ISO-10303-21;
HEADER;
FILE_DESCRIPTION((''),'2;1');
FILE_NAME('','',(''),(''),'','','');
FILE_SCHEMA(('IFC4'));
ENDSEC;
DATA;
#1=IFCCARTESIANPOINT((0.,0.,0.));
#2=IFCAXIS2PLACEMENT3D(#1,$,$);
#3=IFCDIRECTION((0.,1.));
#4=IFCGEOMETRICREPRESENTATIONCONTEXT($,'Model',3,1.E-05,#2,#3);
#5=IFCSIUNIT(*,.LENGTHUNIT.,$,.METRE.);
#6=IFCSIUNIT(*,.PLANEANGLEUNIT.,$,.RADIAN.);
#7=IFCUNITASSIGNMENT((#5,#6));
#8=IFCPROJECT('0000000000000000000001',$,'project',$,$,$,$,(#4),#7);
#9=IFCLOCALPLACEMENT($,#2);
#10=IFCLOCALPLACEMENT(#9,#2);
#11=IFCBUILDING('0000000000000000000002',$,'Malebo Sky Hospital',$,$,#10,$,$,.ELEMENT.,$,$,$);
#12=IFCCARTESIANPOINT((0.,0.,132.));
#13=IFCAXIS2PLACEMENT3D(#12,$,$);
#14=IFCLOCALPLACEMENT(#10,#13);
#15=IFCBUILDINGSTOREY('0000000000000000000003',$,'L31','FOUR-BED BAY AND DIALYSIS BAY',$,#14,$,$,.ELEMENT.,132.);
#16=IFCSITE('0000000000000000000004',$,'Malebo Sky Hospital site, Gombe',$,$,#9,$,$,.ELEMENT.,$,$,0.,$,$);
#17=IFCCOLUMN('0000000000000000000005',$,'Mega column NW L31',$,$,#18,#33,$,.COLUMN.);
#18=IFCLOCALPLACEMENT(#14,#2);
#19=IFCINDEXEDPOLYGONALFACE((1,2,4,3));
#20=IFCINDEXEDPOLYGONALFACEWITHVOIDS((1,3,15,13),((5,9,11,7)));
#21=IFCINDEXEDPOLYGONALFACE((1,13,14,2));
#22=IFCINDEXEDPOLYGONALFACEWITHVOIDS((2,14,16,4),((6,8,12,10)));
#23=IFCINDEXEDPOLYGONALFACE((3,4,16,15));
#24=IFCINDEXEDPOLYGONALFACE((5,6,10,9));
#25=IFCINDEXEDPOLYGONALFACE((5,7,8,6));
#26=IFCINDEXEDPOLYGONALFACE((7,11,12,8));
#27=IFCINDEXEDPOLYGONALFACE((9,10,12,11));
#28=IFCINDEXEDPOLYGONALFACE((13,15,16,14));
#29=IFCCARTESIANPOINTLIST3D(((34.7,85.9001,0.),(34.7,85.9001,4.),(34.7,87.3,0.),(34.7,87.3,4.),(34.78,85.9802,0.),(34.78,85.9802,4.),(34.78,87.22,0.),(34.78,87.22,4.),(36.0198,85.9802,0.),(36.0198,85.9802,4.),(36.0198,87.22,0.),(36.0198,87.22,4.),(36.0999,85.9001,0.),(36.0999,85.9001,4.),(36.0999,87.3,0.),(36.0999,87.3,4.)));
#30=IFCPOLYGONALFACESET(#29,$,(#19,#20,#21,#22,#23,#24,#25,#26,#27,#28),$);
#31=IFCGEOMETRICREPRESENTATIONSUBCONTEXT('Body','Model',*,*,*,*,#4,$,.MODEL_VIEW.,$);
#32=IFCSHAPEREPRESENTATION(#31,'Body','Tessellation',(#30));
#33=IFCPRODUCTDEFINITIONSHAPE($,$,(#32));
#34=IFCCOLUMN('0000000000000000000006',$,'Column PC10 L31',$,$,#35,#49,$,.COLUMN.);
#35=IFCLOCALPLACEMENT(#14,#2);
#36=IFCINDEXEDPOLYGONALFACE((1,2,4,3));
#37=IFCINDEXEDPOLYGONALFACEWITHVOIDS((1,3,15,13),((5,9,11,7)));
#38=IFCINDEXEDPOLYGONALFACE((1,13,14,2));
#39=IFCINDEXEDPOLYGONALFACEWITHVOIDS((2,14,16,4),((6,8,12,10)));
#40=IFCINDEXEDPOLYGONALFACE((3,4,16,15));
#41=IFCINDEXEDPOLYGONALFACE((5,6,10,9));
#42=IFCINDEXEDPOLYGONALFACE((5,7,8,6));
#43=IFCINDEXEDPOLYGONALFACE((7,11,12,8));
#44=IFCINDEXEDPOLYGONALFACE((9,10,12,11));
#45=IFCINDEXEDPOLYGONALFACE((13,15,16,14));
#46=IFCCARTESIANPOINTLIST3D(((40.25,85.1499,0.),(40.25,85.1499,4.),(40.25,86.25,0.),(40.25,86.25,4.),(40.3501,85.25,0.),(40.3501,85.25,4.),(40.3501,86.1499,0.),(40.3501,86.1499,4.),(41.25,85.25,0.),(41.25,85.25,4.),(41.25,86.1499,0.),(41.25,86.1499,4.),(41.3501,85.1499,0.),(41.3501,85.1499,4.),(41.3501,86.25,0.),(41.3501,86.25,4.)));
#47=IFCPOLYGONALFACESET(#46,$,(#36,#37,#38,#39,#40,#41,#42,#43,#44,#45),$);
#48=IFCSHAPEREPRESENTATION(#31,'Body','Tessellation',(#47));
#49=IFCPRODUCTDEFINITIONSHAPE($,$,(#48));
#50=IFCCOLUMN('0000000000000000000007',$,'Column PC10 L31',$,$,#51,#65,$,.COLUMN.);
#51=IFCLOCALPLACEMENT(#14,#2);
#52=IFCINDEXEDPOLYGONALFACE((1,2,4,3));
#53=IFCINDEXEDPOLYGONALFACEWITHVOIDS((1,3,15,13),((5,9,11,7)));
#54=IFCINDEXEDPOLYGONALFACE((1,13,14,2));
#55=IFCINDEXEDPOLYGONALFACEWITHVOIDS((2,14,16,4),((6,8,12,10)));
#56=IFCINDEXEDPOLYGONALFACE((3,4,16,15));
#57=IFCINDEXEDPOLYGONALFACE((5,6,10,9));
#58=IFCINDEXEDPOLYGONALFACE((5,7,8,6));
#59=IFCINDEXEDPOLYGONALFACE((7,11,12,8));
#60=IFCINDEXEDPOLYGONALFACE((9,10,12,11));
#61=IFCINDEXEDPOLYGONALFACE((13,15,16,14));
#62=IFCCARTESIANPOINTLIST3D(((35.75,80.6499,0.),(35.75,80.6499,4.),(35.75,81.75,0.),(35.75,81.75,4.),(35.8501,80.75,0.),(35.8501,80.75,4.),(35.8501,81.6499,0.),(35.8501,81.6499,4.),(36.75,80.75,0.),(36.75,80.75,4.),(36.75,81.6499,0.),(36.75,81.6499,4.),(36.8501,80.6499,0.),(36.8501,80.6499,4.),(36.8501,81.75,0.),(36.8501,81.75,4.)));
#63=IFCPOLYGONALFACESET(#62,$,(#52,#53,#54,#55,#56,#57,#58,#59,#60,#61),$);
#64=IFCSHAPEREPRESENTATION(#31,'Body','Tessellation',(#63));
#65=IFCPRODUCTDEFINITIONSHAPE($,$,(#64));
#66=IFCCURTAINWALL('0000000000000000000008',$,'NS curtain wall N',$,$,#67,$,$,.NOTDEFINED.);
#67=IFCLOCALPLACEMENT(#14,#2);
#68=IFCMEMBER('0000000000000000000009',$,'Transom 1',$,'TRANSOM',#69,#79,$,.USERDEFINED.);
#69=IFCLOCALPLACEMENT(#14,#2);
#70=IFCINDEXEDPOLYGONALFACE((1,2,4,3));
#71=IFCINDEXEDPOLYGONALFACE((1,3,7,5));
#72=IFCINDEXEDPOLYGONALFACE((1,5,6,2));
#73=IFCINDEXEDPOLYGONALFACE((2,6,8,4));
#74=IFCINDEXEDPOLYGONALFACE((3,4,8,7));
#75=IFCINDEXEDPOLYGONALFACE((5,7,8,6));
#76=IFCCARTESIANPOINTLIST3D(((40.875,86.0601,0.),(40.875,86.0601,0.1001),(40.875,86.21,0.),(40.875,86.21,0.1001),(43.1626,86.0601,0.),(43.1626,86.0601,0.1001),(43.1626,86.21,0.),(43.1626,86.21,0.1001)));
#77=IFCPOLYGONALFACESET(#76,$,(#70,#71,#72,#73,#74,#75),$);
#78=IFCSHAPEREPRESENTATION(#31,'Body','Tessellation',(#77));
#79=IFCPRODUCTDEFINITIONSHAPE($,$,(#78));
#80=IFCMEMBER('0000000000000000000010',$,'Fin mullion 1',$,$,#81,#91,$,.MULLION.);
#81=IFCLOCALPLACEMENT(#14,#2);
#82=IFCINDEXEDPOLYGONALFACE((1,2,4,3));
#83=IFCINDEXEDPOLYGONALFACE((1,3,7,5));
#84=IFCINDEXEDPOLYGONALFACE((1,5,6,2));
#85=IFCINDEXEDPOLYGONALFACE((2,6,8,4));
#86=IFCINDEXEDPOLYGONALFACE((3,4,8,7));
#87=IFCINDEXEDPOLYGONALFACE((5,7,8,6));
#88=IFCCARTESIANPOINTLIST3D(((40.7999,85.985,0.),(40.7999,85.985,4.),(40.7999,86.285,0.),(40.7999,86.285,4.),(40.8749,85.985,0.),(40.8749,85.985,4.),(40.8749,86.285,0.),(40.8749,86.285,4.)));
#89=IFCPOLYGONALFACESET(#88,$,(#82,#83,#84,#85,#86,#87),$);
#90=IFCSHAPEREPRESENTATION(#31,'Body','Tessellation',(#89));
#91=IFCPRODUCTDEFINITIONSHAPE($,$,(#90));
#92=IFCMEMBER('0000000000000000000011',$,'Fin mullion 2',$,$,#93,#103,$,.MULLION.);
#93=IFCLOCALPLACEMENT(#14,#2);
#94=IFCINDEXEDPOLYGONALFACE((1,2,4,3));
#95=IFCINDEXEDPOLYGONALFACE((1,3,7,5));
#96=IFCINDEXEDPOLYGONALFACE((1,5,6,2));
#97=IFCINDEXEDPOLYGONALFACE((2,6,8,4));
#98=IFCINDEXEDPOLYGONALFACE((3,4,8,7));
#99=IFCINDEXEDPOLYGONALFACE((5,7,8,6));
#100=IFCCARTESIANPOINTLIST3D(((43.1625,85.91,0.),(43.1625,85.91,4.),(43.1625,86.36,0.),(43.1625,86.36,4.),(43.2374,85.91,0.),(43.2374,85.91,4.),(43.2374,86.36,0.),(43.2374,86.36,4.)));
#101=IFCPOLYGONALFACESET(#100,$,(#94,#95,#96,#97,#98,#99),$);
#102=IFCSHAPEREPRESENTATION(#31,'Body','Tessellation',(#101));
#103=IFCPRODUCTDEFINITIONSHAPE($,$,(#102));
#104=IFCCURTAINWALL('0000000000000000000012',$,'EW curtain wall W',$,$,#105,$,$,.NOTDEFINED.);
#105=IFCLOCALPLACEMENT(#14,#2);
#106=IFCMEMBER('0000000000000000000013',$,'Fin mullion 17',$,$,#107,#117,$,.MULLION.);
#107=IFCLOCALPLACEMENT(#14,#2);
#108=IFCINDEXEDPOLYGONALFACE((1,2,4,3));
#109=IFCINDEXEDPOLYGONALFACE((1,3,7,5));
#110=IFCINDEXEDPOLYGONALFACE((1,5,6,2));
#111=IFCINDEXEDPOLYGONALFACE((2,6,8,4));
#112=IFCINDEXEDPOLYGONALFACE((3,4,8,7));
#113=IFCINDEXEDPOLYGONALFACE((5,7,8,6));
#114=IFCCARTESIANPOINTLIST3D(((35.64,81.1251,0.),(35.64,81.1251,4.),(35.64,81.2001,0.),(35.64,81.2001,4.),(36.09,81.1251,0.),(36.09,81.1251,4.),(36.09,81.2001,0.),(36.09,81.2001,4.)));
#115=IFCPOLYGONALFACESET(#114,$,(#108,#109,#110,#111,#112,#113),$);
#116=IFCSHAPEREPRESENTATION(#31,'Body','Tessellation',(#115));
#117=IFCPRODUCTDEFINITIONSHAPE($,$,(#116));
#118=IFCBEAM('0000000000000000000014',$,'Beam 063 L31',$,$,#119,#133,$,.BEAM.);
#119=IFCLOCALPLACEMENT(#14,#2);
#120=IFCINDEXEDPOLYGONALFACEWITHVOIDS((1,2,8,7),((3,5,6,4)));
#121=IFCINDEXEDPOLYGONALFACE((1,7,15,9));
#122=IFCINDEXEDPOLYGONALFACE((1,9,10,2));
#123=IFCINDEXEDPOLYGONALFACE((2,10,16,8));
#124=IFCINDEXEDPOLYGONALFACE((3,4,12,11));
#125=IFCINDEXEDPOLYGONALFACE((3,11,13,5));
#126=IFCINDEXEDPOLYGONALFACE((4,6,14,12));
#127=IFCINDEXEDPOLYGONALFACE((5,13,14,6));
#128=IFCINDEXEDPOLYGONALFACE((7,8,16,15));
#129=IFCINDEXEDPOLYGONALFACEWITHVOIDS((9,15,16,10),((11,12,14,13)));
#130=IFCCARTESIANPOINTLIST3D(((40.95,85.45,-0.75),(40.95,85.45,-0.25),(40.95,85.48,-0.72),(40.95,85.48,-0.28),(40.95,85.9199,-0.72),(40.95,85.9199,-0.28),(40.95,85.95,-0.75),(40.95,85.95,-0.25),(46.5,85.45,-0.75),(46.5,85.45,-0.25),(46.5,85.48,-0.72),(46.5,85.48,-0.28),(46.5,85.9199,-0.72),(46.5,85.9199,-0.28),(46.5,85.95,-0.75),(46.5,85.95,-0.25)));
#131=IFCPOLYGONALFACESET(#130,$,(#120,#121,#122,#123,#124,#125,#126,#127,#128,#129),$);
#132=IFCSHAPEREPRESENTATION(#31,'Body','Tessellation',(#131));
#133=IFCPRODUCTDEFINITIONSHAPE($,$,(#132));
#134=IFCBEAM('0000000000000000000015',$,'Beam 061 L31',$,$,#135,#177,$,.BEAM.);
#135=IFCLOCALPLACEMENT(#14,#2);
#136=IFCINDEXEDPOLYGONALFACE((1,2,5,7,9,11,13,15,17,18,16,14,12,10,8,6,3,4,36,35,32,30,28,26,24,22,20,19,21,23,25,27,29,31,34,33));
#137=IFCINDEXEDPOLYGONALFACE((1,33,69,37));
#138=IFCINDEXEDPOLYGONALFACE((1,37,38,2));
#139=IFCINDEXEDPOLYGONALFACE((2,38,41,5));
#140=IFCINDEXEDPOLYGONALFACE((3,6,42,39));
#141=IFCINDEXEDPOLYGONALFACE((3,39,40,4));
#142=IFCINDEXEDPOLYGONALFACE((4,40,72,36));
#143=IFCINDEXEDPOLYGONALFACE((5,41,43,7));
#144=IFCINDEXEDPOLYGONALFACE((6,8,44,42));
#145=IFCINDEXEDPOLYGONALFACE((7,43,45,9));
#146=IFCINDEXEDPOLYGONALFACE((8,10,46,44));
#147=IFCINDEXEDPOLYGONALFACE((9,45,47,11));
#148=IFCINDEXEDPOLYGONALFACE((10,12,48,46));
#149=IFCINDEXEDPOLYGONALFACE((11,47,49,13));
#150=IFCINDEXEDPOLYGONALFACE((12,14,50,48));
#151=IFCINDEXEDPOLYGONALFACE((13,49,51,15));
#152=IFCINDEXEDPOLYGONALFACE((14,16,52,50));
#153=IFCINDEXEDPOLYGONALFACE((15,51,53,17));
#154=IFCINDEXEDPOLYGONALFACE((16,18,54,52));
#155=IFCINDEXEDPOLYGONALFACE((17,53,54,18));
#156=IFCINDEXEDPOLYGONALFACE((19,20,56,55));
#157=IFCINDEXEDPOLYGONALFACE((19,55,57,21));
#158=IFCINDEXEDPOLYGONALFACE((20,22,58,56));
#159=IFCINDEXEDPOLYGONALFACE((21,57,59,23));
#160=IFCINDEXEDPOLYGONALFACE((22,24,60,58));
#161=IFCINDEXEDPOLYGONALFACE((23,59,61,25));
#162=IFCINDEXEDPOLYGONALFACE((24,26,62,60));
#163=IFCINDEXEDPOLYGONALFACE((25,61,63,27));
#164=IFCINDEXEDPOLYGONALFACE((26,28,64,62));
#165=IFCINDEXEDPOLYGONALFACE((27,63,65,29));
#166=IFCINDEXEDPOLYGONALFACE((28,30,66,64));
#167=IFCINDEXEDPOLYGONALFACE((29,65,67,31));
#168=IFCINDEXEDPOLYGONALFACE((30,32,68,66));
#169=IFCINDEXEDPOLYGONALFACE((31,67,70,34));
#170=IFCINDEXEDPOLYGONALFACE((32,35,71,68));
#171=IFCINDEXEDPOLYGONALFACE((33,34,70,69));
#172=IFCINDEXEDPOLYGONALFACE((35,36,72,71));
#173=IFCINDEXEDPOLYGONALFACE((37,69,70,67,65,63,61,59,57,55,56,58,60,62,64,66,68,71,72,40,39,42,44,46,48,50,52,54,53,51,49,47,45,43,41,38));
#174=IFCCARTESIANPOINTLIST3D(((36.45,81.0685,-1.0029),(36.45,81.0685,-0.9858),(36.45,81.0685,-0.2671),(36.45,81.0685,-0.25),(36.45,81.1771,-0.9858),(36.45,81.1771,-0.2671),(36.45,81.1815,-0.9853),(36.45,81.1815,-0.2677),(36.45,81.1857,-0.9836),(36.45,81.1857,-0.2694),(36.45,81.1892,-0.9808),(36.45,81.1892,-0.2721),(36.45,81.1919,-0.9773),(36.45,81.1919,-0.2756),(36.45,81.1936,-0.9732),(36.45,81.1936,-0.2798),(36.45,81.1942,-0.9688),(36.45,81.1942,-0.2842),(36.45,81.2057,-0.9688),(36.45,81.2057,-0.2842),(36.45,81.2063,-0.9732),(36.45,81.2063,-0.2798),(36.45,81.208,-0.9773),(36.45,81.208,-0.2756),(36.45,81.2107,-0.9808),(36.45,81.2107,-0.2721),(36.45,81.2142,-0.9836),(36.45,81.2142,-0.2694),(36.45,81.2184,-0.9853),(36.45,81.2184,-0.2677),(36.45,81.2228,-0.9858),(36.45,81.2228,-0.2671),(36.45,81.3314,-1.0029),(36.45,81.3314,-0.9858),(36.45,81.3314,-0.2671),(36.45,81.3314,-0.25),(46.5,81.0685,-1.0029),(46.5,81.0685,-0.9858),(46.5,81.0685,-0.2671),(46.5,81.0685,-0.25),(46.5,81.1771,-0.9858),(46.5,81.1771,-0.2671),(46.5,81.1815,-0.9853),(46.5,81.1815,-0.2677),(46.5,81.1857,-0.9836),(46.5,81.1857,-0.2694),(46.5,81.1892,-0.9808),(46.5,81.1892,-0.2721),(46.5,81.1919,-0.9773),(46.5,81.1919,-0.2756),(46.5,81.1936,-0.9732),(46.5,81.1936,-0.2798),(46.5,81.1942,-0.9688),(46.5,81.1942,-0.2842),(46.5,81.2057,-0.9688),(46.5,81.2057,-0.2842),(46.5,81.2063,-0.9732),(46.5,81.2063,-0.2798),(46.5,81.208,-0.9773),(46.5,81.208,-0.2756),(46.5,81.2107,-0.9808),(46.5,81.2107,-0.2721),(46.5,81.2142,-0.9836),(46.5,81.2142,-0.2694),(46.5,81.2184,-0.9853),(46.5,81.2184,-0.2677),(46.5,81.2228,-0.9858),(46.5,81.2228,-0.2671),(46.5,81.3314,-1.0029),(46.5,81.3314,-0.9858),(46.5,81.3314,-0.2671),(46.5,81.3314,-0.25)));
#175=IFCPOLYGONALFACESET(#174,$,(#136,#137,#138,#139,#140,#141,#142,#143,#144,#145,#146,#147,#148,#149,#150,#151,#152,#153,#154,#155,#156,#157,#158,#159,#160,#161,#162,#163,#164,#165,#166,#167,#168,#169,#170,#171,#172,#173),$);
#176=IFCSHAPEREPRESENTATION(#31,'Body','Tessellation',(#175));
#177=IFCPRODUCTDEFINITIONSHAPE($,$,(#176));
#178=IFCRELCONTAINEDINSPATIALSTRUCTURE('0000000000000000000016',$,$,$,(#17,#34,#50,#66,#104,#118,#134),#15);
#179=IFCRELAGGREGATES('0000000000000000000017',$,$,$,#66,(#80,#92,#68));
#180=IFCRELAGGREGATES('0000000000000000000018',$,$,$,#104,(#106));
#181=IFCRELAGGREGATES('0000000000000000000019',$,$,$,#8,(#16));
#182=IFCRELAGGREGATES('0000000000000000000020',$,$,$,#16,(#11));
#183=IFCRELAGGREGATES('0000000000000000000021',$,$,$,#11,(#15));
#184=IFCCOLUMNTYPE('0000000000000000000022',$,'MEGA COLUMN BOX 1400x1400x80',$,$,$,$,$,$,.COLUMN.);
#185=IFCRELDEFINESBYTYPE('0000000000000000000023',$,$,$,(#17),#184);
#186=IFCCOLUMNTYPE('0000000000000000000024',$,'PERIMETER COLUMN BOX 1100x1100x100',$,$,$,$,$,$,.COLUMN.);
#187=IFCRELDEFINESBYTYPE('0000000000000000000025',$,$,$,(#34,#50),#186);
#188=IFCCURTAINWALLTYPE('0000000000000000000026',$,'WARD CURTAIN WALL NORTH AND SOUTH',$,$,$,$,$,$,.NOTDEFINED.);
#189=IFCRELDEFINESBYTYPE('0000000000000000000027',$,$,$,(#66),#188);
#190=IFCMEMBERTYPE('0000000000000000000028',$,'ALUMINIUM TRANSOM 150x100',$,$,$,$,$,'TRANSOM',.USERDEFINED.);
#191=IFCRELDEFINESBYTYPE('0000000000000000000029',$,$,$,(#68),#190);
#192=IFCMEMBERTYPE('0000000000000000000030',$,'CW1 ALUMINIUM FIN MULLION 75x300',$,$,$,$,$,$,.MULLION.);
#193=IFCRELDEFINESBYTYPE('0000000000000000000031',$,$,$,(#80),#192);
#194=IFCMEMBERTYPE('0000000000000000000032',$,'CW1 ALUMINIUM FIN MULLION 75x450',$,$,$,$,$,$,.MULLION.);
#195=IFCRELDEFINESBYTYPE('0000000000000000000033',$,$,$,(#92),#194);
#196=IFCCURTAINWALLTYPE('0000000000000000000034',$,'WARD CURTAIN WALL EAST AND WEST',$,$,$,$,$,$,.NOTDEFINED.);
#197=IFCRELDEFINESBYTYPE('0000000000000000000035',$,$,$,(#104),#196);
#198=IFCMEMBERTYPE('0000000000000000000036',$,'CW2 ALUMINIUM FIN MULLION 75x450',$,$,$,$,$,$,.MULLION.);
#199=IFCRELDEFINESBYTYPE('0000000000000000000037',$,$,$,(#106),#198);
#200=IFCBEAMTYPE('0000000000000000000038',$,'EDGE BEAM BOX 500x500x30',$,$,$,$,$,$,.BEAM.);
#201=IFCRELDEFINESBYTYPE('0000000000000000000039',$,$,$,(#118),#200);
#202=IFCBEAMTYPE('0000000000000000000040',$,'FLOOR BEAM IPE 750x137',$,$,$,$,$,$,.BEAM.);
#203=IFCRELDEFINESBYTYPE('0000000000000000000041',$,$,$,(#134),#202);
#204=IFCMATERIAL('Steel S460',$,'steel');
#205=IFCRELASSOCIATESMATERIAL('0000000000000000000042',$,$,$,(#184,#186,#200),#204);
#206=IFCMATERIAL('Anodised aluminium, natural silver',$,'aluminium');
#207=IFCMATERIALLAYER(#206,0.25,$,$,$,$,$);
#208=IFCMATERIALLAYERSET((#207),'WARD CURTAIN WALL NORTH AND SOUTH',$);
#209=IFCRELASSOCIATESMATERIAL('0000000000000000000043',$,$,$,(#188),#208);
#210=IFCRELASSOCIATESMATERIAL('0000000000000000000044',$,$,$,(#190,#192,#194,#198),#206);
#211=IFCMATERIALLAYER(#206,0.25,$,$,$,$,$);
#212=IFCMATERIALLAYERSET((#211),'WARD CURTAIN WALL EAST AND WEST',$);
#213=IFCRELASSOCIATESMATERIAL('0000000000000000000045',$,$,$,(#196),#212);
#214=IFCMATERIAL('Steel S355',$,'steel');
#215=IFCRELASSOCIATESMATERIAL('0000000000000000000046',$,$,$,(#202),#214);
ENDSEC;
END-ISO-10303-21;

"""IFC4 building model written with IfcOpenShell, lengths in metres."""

from ifc_helpers import new_model, si_unit, direction, frame, origin, origin_2d, place, context, subcontext, project, spatial, rectangle, hollow_rectangle, i_section, extrude, material, layer, layer_set, material_profile, profile_set, type_object, element, aggregate, save


model = new_model("IFC4")

# Units and contexts
model_context = context("Model", 3, precision=1e-05, world=origin(), true_north=direction((0.0, 1.0)))
body_context = subcontext(model_context, "Body", "Model", "MODEL_VIEW")
ifc_project = project(units=[si_unit("LENGTHUNIT", "METRE"), si_unit("PLANEANGLEUNIT", "RADIAN")], contexts=[model_context])

# Site, building, storey
site_placement = place(None, origin())
site = spatial("IfcSite", under=ifc_project, at=site_placement, Name="Malebo Sky Hospital site, Gombe", CompositionType="ELEMENT", RefElevation=0.0)
building_placement = place(site_placement, origin())
building = spatial("IfcBuilding", under=site, at=building_placement, Name="Malebo Sky Hospital", CompositionType="ELEMENT")
storey_placement = place(building_placement, frame((0.0, 0.0, 132.0)))
storey = spatial("IfcBuildingStorey", under=building, at=storey_placement, Name="L31", Description="FOUR-BED BAY AND DIALYSIS BAY", CompositionType="ELEMENT", Elevation=132.0)

# Columns
ifc_material_1 = material(Name="Steel S460", Category="steel")
ifc_material_profile_1 = material_profile(ifc_material_1, hollow_rectangle(XDim=1.3999, YDim=1.3999, WallThickness=0.0801, at=origin_2d()), Name="BOX 1400x1400x80")
ifc_profile_set_1 = profile_set([ifc_material_profile_1], Name="Steel S460")
column_type_1 = type_object("IfcColumnType", Name="MEGA COLUMN BOX 1400x1400x80", PredefinedType="COLUMN", material=ifc_profile_set_1)
column_placement = place(storey_placement, frame((35.3999, 86.6001, 0.0), z_axis=(0.0, 0.0, 1.0), x_axis=(1.0, 0.0, 0.0)))
element("IfcColumn", 1, at=column_placement, inside=storey, type_object=column_type_1, Name="Mega column NW L31", PredefinedType="COLUMN", context=body_context, shape_type="SweptSolid", body=[
    extrude(hollow_rectangle(XDim=1.3999, YDim=1.3999, WallThickness=0.0801, at=origin_2d()), origin(), (0.0, 0.0, 1.0), 4.0),
])
ifc_material_profile_2 = material_profile(ifc_material_1, hollow_rectangle(XDim=1.1001, YDim=1.1001, WallThickness=0.1001, at=origin_2d()), Name="BOX 1100x1100x100")
ifc_profile_set_2 = profile_set([ifc_material_profile_2], Name="Steel S460")
column_type_2 = type_object("IfcColumnType", Name="PERIMETER COLUMN BOX 1100x1100x100", PredefinedType="COLUMN", material=ifc_profile_set_2)
for number, where, z_axis, x_axis, name in (
    (2, (40.8, 85.7, 0.0), (0.0, 0.0, 1.0), (1.0, 0.0, 0.0), "Column PC10 L31"),
    (3, (36.3, 81.2, 0.0), (0.0, 0.0, 1.0), (1.0, 0.0, 0.0), "Column PC10 L31"),
):
    element("IfcColumn", number, at=place(storey_placement, frame(where, z_axis=z_axis, x_axis=x_axis)), inside=storey, type_object=column_type_2, Name=name, PredefinedType="COLUMN", context=body_context, shape_type="SweptSolid", body=[
        extrude(hollow_rectangle(XDim=1.1001, YDim=1.1001, WallThickness=0.1001, at=origin_2d()), origin(), (0.0, 0.0, 1.0), 4.0),
    ])

# Curtain wall, members
ifc_material_2 = material(Name="Anodised aluminium, natural silver", Category="aluminium")
ifc_layer_1 = layer(ifc_material_2, 0.25)
ifc_layer_set_1 = layer_set([ifc_layer_1], Name="WARD CURTAIN WALL NORTH AND SOUTH")
curtain_wall_type_1 = type_object("IfcCurtainWallType", Name="WARD CURTAIN WALL NORTH AND SOUTH", PredefinedType="NOTDEFINED", material=ifc_layer_set_1)
curtain_wall_1_placement = place(storey_placement, origin())
curtain_wall_1 = element("IfcCurtainWall", 4, at=curtain_wall_1_placement, inside=storey, type_object=curtain_wall_type_1, Name="NS curtain wall N", PredefinedType="NOTDEFINED")
ifc_material_profile_3 = material_profile(ifc_material_2, rectangle(XDim=0.1499, YDim=0.1001, at=origin_2d()), Name="ALUMINIUM TRANSOM 150x100")
ifc_profile_set_3 = profile_set([ifc_material_profile_3], Name="Anodised aluminium, natural silver")
member_type_1 = type_object("IfcMemberType", Name="ALUMINIUM TRANSOM 150x100", ElementType="TRANSOM", PredefinedType="USERDEFINED", material=ifc_profile_set_3)
member_1_placement = place(storey_placement, frame((40.875, 86.135, 0.05), z_axis=(1.0, 0.0, 0.0), x_axis=(0.0, 1.0, 0.0)))
member_1 = element("IfcMember", 5, at=member_1_placement, type_object=member_type_1, Name="Transom 1", ObjectType="TRANSOM", PredefinedType="USERDEFINED", context=body_context, shape_type="SweptSolid", body=[
    extrude(rectangle(XDim=0.1499, YDim=0.1001, at=origin_2d()), origin(), (0.0, 0.0, 1.0), 2.2876),
])
ifc_material_profile_4 = material_profile(ifc_material_2, rectangle(XDim=0.075, YDim=0.3, at=origin_2d()), Name="CW1 ALUMINIUM FIN MULLION 75x300")
ifc_profile_set_4 = profile_set([ifc_material_profile_4], Name="Anodised aluminium, natural silver")
member_type_2 = type_object("IfcMemberType", Name="CW1 ALUMINIUM FIN MULLION 75x300", PredefinedType="MULLION", material=ifc_profile_set_4)
member_2_placement = place(storey_placement, frame((40.8374, 86.135, 0.0), z_axis=(0.0, 0.0, 1.0), x_axis=(1.0, 0.0, 0.0)))
member_2 = element("IfcMember", 6, at=member_2_placement, type_object=member_type_2, Name="Fin mullion 1", PredefinedType="MULLION", context=body_context, shape_type="SweptSolid", body=[
    extrude(rectangle(XDim=0.075, YDim=0.3, at=origin_2d()), origin(), (0.0, 0.0, 1.0), 4.0),
])
ifc_material_profile_5 = material_profile(ifc_material_2, rectangle(XDim=0.075, YDim=0.45, at=origin_2d()), Name="CW1 ALUMINIUM FIN MULLION 75x450")
ifc_profile_set_5 = profile_set([ifc_material_profile_5], Name="Anodised aluminium, natural silver")
member_type_3 = type_object("IfcMemberType", Name="CW1 ALUMINIUM FIN MULLION 75x450", PredefinedType="MULLION", material=ifc_profile_set_5)
member_3_placement = place(storey_placement, frame((43.2, 86.135, 0.0), z_axis=(0.0, 0.0, 1.0), x_axis=(1.0, 0.0, 0.0)))
member_3 = element("IfcMember", 7, at=member_3_placement, type_object=member_type_3, Name="Fin mullion 2", PredefinedType="MULLION", context=body_context, shape_type="SweptSolid", body=[
    extrude(rectangle(XDim=0.075, YDim=0.45, at=origin_2d()), origin(), (0.0, 0.0, 1.0), 4.0),
])

# Curtain wall, member
ifc_layer_2 = layer(ifc_material_2, 0.25)
ifc_layer_set_2 = layer_set([ifc_layer_2], Name="WARD CURTAIN WALL EAST AND WEST")
curtain_wall_type_2 = type_object("IfcCurtainWallType", Name="WARD CURTAIN WALL EAST AND WEST", PredefinedType="NOTDEFINED", material=ifc_layer_set_2)
curtain_wall_2_placement = place(storey_placement, origin())
curtain_wall_2 = element("IfcCurtainWall", 8, at=curtain_wall_2_placement, inside=storey, type_object=curtain_wall_type_2, Name="EW curtain wall W", PredefinedType="NOTDEFINED")
ifc_material_profile_6 = material_profile(ifc_material_2, rectangle(XDim=0.075, YDim=0.45, at=origin_2d()), Name="CW2 ALUMINIUM FIN MULLION 75x450")
ifc_profile_set_6 = profile_set([ifc_material_profile_6], Name="Anodised aluminium, natural silver")
member_type_4 = type_object("IfcMemberType", Name="CW2 ALUMINIUM FIN MULLION 75x450", PredefinedType="MULLION", material=ifc_profile_set_6)
member_4_placement = place(storey_placement, frame((35.865, 81.1626, 0.0), z_axis=(0.0, 0.0, 1.0), x_axis=(0.0, 1.0, 0.0)))
member_4 = element("IfcMember", 9, at=member_4_placement, type_object=member_type_4, Name="Fin mullion 17", PredefinedType="MULLION", context=body_context, shape_type="SweptSolid", body=[
    extrude(rectangle(XDim=0.075, YDim=0.45, at=origin_2d()), origin(), (0.0, 0.0, 1.0), 4.0),
])

# Beams
ifc_material_profile_7 = material_profile(ifc_material_1, hollow_rectangle(XDim=0.5, YDim=0.5, WallThickness=0.03, at=origin_2d()), Name="BOX 500x500x30")
ifc_profile_set_7 = profile_set([ifc_material_profile_7], Name="Steel S460")
beam_type_1 = type_object("IfcBeamType", Name="EDGE BEAM BOX 500x500x30", PredefinedType="BEAM", material=ifc_profile_set_7)
beam_1_placement = place(storey_placement, frame((40.95, 85.7, -0.5), z_axis=(1.0, 0.0, 0.0), x_axis=(0.0, 1.0, 0.0)))
element("IfcBeam", 10, at=beam_1_placement, inside=storey, type_object=beam_type_1, Name="Beam 063 L31", PredefinedType="BEAM", context=body_context, shape_type="SweptSolid", body=[
    extrude(hollow_rectangle(XDim=0.5, YDim=0.5, WallThickness=0.03, at=origin_2d()), origin(), (0.0, 0.0, 1.0), 5.55),
])
ifc_material_3 = material(Name="Steel S355", Category="steel")
ifc_material_profile_8 = material_profile(ifc_material_3, i_section(OverallWidth=0.2629, OverallDepth=0.7529, WebThickness=0.0115, FlangeThickness=0.0171, FilletRadius=0.0171, at=origin_2d()), Name="IPE 750x137")
ifc_profile_set_8 = profile_set([ifc_material_profile_8], Name="Steel S355")
beam_type_2 = type_object("IfcBeamType", Name="FLOOR BEAM IPE 750x137", PredefinedType="BEAM", material=ifc_profile_set_8)
beam_2_placement = place(storey_placement, frame((36.45, 81.2, -0.6265), z_axis=(1.0, 0.0, 0.0), x_axis=(0.0, 1.0, 0.0)))
element("IfcBeam", 11, at=beam_2_placement, inside=storey, type_object=beam_type_2, Name="Beam 061 L31", PredefinedType="BEAM", context=body_context, shape_type="SweptSolid", body=[
    extrude(i_section(OverallWidth=0.2629, OverallDepth=0.7529, WebThickness=0.0115, FlangeThickness=0.0171, FilletRadius=0.0171, at=origin_2d()), origin(), (0.0, 0.0, 1.0), 10.05),
])

aggregate(curtain_wall_1, [member_2, member_3, member_1])
aggregate(curtain_wall_2, [member_4])

save(model, "model.ifc")
